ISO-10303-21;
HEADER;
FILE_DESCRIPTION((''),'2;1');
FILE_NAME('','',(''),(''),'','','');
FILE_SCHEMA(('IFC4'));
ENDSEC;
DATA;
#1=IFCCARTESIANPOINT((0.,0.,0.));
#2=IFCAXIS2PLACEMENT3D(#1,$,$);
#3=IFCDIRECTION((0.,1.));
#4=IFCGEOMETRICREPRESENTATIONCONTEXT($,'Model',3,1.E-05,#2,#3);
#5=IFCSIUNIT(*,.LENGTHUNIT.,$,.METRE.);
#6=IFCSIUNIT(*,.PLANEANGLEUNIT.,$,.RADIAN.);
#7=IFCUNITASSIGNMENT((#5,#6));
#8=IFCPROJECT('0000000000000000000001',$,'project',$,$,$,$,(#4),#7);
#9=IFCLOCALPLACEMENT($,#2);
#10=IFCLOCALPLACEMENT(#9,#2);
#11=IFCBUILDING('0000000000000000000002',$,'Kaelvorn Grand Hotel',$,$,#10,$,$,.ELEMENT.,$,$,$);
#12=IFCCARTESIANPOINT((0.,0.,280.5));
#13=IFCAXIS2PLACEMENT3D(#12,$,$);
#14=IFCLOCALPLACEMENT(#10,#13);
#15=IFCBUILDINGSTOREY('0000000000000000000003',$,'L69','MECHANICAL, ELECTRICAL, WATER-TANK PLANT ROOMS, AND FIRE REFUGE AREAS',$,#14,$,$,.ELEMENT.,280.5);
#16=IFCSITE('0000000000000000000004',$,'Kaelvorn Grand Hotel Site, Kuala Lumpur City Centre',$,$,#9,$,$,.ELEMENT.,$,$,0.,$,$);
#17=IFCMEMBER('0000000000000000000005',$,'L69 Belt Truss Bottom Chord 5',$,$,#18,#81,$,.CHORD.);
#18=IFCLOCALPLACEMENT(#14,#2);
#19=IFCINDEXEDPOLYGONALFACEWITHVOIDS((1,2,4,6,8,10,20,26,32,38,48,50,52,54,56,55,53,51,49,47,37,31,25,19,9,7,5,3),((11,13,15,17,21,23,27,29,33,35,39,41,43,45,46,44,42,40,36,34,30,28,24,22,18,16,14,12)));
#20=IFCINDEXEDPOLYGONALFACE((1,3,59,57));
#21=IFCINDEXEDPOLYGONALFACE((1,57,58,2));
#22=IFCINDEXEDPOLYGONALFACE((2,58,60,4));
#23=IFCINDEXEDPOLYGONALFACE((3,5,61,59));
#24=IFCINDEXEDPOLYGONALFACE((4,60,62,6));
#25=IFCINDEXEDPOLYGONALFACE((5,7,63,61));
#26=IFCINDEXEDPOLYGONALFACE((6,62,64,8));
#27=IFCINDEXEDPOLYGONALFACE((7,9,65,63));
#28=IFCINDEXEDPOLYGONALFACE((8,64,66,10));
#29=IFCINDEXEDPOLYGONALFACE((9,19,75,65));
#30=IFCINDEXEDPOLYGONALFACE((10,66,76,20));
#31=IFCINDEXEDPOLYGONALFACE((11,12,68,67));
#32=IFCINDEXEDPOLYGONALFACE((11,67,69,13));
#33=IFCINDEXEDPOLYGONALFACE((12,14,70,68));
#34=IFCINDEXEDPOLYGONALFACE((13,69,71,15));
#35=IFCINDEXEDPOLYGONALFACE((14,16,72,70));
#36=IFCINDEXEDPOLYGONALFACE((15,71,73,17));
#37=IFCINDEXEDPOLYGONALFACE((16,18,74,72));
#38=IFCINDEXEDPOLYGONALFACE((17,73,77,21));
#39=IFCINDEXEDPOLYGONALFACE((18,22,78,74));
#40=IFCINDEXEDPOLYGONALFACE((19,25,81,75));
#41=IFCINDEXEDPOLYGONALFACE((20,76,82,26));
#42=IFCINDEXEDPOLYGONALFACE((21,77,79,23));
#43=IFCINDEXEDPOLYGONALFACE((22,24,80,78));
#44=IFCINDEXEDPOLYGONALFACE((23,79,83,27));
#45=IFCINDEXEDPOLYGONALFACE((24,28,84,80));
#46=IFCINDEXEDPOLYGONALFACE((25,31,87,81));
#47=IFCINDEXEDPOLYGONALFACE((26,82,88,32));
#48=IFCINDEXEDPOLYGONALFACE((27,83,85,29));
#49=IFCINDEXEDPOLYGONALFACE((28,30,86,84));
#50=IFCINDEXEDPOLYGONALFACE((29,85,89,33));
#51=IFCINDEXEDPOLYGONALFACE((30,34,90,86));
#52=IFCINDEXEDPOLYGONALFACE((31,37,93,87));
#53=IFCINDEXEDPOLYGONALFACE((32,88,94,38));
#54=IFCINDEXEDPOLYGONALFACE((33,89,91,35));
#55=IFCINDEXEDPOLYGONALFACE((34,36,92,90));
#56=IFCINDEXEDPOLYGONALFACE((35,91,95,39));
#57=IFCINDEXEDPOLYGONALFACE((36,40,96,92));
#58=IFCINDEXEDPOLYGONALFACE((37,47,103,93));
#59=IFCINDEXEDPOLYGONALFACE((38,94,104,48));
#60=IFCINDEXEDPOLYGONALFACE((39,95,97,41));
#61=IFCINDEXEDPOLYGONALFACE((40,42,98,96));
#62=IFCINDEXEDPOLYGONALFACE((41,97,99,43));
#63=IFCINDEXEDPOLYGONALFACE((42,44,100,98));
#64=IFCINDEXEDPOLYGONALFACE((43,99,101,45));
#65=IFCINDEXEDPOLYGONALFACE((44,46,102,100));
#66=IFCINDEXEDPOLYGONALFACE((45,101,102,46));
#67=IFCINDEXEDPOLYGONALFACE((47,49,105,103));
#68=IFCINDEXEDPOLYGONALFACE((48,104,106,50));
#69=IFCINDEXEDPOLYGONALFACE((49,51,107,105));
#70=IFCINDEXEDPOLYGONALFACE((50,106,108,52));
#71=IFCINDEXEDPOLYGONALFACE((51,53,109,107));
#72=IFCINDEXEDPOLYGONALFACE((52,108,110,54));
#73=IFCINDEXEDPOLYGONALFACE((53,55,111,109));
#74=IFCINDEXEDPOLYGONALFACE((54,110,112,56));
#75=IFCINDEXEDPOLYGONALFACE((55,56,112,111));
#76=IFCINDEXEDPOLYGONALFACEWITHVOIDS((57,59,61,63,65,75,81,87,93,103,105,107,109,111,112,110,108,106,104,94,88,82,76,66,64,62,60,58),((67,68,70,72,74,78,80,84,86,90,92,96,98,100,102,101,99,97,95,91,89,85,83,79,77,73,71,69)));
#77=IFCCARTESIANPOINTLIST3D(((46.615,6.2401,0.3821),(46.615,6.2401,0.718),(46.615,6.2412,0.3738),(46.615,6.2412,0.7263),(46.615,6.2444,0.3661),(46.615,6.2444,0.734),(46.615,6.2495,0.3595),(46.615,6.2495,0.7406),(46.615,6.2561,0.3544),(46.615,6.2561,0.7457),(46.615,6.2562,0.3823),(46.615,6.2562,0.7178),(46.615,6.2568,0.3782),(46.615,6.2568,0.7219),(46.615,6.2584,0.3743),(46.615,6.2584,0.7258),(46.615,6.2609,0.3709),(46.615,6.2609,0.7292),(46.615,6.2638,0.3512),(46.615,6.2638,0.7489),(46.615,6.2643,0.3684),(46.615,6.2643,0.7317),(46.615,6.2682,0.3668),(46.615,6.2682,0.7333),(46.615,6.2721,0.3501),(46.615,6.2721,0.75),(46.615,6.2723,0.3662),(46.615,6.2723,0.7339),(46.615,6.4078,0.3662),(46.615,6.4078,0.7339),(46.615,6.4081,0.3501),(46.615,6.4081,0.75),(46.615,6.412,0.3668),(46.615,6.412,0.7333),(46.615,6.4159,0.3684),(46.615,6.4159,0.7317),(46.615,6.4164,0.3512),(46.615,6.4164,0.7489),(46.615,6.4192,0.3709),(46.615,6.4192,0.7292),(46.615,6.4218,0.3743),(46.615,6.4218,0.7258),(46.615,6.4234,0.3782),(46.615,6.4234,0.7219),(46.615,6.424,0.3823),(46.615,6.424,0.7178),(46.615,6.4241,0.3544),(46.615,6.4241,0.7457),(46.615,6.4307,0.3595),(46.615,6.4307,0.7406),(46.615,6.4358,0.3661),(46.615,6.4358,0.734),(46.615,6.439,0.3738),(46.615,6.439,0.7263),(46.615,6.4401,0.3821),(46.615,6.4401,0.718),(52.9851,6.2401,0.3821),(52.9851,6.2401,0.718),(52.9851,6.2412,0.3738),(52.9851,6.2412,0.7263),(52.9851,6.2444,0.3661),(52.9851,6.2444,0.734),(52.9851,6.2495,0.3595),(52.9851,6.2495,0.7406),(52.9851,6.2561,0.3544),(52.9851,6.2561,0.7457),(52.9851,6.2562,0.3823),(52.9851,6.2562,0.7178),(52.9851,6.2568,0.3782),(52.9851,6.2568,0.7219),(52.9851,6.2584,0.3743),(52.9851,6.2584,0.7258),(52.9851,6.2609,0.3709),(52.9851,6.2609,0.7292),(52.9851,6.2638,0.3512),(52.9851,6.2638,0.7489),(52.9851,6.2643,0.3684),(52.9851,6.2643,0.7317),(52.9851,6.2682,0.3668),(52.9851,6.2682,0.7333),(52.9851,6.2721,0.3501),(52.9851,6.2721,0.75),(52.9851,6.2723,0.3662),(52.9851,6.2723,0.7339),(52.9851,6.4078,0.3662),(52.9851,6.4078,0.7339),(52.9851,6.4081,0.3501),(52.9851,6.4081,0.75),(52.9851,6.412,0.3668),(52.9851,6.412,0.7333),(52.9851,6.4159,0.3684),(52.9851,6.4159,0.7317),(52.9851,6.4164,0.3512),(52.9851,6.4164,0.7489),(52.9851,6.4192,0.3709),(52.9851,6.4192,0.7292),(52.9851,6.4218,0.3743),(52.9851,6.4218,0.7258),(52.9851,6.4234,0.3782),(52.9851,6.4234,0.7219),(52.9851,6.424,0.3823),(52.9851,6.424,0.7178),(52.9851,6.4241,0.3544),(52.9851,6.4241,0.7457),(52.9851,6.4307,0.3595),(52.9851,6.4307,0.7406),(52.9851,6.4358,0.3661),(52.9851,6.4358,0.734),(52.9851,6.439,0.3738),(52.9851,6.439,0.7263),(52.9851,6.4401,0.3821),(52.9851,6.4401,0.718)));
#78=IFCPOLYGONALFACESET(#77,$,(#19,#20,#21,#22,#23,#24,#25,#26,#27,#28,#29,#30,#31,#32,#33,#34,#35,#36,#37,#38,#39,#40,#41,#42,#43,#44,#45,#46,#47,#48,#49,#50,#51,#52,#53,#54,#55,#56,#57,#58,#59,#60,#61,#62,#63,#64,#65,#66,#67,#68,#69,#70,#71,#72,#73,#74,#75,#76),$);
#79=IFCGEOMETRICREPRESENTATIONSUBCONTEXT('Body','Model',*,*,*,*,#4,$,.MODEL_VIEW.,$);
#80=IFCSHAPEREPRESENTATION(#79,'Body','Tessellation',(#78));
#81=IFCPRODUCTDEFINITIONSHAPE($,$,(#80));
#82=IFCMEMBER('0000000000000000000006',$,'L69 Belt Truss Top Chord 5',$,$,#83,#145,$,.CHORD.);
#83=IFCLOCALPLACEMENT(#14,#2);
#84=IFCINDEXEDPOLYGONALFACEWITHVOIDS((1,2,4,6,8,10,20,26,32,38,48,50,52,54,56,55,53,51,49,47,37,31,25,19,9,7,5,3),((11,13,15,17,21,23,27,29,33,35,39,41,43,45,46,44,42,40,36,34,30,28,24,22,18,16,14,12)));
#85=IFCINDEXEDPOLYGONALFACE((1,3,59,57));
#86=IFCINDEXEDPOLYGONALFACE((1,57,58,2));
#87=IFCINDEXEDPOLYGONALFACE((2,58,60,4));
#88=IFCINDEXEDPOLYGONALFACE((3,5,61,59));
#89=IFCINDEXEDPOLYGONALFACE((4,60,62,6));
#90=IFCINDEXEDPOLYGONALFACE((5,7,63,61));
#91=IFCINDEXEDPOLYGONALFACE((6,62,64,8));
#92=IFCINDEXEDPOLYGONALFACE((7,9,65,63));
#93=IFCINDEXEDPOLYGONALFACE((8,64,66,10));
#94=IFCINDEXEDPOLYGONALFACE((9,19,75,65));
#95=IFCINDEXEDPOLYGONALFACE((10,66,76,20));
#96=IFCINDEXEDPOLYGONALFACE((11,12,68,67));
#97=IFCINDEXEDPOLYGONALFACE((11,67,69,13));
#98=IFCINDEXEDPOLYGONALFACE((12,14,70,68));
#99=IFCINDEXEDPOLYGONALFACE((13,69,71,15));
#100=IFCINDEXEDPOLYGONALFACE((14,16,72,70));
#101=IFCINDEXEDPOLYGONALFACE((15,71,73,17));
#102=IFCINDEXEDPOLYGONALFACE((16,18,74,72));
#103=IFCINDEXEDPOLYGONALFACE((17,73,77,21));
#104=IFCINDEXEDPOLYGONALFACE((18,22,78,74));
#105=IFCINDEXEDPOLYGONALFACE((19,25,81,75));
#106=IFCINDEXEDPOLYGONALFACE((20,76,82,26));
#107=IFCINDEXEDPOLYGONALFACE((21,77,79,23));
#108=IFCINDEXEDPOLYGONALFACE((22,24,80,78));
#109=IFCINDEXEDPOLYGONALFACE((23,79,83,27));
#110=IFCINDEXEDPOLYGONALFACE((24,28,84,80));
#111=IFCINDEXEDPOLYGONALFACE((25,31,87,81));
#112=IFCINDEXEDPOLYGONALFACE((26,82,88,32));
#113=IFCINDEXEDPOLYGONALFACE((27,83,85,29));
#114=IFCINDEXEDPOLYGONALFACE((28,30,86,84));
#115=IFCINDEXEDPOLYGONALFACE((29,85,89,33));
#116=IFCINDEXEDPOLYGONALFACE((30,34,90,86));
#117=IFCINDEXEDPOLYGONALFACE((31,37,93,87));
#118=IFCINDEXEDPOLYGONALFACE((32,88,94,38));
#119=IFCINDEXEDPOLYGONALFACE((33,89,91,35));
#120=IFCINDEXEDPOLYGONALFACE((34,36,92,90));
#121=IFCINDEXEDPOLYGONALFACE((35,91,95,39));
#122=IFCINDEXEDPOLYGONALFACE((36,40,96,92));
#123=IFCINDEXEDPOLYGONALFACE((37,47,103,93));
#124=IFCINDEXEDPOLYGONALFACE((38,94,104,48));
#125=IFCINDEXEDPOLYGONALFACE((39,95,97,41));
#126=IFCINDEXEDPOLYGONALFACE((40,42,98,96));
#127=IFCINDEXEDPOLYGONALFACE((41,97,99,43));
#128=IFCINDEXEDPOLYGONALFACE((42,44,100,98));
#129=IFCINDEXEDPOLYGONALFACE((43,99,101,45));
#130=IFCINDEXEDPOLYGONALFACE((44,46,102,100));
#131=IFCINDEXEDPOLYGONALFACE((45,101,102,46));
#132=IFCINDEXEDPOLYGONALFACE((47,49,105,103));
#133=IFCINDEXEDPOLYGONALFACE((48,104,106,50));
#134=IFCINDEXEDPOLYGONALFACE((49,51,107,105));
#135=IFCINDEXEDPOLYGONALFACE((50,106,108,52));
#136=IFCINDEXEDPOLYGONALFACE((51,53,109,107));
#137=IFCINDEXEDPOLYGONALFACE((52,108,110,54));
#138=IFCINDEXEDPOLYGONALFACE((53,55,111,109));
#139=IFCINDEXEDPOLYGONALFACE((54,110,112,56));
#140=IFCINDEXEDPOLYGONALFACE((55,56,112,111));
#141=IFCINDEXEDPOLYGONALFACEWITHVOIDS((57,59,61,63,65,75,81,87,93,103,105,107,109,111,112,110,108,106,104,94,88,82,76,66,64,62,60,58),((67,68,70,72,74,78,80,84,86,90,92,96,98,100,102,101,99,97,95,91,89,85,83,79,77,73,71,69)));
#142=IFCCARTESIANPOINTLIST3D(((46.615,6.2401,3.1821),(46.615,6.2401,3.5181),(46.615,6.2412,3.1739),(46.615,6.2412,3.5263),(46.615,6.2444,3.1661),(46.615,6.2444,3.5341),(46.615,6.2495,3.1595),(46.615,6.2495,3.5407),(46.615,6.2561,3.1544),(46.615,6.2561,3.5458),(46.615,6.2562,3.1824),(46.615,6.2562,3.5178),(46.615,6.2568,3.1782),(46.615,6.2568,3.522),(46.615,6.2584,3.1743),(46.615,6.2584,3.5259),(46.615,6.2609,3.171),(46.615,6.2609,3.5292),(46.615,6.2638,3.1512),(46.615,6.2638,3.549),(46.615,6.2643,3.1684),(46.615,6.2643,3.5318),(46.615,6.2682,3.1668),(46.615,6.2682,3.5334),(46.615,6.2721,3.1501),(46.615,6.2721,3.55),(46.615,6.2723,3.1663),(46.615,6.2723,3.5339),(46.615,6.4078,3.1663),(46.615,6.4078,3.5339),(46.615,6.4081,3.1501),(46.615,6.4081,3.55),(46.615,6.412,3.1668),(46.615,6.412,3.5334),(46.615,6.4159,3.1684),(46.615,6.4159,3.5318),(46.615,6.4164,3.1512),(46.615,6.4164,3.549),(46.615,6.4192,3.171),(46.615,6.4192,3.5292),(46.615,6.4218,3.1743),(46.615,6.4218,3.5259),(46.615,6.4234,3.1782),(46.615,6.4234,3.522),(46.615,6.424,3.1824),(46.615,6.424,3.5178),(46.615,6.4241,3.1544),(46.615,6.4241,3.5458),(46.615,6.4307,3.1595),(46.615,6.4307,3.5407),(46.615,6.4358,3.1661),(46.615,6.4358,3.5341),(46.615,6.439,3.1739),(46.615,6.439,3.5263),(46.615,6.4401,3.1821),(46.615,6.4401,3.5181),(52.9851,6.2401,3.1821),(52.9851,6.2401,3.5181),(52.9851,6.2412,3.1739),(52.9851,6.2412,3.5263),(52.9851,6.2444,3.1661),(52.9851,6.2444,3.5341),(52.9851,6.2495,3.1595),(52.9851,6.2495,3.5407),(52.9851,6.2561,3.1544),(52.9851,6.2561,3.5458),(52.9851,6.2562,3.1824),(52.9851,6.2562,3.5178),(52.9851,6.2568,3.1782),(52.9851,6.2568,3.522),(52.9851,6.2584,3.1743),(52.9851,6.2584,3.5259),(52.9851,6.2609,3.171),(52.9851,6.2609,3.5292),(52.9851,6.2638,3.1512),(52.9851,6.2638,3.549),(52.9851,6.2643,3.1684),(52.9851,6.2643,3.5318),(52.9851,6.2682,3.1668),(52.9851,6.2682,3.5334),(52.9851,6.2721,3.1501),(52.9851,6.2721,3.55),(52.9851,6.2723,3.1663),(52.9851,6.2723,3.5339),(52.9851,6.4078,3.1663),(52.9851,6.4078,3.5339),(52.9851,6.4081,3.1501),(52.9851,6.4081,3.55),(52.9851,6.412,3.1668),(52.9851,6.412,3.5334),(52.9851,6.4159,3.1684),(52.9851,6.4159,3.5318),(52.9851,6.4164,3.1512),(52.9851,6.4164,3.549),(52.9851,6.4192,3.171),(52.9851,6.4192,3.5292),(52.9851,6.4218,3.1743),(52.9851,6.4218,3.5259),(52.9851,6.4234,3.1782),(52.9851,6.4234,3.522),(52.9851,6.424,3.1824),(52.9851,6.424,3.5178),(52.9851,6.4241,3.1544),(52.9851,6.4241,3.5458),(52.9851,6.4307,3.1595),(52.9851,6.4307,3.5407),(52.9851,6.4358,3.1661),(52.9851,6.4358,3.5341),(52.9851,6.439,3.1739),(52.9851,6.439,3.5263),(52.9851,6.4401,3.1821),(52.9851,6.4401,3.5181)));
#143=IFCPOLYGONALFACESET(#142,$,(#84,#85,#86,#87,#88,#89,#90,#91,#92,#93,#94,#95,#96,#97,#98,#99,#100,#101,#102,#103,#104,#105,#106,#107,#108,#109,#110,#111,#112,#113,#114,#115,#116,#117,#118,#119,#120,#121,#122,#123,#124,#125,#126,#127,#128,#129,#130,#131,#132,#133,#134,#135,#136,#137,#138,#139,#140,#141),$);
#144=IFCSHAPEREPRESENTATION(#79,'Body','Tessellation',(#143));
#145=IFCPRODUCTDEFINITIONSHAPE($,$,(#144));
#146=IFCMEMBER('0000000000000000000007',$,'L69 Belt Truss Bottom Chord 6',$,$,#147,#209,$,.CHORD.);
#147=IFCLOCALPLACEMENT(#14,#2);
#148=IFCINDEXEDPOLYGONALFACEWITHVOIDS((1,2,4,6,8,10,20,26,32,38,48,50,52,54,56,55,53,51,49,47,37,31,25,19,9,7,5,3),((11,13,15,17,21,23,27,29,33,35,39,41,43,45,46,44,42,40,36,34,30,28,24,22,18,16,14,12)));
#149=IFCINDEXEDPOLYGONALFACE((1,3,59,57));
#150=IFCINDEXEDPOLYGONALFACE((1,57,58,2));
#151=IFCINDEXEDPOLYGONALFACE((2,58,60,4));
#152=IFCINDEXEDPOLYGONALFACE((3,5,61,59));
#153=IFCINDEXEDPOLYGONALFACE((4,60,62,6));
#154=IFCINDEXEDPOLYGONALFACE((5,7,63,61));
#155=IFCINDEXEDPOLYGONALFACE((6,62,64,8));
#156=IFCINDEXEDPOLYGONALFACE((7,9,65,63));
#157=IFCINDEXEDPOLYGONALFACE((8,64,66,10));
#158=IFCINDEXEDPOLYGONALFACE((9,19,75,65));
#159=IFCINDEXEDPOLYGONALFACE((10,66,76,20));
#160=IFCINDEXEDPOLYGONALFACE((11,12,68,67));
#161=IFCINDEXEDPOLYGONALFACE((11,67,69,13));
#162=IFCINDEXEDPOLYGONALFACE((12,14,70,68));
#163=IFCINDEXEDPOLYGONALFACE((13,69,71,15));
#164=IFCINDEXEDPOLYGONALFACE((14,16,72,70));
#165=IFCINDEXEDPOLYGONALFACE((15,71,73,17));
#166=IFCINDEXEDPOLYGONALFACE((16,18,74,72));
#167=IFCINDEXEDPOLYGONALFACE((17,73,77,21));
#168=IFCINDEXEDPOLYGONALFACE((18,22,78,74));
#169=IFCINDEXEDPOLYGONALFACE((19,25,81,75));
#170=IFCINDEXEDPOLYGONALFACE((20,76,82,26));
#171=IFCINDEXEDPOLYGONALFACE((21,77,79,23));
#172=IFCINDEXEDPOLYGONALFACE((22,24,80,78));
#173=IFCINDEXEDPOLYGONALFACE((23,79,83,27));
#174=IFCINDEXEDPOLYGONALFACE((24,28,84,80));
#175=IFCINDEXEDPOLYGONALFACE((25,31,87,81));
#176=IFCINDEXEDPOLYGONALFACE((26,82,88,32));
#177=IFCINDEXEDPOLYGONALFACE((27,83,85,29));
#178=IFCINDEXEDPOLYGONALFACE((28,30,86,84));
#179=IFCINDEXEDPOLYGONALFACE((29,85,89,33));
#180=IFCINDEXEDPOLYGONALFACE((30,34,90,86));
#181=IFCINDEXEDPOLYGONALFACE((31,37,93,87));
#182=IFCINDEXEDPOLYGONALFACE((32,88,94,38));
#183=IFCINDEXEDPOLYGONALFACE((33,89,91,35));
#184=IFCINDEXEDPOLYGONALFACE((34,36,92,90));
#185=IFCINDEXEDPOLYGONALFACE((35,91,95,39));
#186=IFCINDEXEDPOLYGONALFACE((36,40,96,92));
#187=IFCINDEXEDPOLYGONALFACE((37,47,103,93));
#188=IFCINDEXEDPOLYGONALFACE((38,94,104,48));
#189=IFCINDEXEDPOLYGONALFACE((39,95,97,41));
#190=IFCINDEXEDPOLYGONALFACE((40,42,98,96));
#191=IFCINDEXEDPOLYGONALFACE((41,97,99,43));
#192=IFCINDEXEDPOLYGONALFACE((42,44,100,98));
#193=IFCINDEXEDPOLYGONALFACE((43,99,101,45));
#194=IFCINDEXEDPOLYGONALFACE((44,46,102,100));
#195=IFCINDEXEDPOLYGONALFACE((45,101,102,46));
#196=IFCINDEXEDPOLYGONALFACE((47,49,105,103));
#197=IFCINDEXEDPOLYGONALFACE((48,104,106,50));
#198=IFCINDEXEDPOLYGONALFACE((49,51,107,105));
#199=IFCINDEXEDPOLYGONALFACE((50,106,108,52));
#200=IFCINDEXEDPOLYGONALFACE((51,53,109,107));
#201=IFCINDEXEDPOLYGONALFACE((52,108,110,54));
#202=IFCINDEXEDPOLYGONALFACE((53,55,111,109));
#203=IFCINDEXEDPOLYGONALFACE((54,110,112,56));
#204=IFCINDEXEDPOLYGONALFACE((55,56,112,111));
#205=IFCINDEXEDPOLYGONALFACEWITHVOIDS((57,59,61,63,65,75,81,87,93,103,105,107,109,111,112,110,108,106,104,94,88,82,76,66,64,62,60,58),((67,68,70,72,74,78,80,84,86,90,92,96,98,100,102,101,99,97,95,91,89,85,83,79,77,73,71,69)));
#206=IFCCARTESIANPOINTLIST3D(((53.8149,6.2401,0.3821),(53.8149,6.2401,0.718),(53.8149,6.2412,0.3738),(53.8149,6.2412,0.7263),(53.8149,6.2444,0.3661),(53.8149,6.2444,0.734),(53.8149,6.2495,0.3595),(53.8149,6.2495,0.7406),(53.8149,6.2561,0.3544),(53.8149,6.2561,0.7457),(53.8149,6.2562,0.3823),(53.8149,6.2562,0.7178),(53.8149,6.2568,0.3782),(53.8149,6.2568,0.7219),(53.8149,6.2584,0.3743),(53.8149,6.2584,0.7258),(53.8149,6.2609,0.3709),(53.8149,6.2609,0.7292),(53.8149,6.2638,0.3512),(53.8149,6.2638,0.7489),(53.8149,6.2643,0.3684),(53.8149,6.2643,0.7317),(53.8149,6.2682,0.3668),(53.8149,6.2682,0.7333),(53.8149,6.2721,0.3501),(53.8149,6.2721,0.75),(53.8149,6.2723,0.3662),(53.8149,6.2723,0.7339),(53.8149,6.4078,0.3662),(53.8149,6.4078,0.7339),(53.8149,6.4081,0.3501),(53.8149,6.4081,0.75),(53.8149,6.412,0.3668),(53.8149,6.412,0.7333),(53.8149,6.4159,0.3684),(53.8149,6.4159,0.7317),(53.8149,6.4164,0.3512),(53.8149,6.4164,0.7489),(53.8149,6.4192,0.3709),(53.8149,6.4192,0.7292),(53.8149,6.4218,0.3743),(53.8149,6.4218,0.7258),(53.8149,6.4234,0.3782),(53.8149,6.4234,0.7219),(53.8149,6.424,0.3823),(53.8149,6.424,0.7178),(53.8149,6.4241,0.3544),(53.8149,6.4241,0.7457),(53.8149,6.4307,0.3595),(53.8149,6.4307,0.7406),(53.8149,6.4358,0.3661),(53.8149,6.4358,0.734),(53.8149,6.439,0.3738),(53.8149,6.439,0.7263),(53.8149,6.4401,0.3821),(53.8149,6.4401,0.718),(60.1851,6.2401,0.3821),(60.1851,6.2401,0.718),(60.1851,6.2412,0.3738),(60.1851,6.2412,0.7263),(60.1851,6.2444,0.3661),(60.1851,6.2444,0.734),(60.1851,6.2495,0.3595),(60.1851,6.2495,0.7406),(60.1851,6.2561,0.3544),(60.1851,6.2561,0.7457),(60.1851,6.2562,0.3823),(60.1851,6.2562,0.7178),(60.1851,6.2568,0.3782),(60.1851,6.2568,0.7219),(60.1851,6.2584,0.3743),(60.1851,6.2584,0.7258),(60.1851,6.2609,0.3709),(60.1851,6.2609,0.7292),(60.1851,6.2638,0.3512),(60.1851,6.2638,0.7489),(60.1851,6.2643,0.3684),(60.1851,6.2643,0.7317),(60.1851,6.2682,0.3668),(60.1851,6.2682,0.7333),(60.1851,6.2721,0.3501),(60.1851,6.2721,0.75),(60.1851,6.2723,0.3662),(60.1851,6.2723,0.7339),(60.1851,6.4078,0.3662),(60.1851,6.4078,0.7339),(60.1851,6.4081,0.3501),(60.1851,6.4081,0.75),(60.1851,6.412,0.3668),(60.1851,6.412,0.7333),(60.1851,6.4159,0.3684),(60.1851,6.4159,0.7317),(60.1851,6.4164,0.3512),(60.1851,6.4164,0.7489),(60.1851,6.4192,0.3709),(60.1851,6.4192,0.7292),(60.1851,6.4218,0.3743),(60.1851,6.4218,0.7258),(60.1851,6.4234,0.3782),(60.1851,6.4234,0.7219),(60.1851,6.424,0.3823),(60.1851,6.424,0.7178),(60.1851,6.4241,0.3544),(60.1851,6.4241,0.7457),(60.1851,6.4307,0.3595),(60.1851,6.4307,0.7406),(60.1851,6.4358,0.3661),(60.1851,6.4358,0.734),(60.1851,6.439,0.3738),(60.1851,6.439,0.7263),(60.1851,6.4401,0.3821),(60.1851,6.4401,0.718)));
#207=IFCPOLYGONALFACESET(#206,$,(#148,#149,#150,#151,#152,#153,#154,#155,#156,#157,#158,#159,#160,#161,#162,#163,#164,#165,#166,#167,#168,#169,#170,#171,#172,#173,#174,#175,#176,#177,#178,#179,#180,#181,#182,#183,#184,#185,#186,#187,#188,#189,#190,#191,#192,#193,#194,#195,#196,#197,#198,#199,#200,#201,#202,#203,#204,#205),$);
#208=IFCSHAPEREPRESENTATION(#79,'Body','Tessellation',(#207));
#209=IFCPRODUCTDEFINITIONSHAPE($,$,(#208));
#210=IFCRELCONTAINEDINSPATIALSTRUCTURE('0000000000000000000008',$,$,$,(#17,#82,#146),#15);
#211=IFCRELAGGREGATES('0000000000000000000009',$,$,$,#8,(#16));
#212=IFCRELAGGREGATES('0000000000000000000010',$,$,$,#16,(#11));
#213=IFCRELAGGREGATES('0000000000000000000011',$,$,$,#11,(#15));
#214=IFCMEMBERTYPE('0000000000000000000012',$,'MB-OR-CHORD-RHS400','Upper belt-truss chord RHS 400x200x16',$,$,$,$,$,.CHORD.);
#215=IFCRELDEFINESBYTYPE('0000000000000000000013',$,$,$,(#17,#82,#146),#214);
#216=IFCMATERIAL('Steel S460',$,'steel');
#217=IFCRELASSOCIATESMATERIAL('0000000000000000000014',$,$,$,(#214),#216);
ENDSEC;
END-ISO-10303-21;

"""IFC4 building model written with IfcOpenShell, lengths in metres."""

from ifc_helpers import new_model, si_unit, direction, frame, origin, origin_2d, place, context, subcontext, project, spatial, hollow_rectangle, extrude, material, material_profile, profile_set, type_object, element, save


model = new_model("IFC4")

# Units and contexts
model_context = context("Model", 3, precision=1e-05, world=origin(), true_north=direction((0.0, 1.0)))
body_context = subcontext(model_context, "Body", "Model", "MODEL_VIEW")
ifc_project = project(units=[si_unit("LENGTHUNIT", "METRE"), si_unit("PLANEANGLEUNIT", "RADIAN")], contexts=[model_context])

# Site, building, storey
site_placement = place(None, origin())
site = spatial("IfcSite", under=ifc_project, at=site_placement, Name="Kaelvorn Grand Hotel Site, Kuala Lumpur City Centre", CompositionType="ELEMENT", RefElevation=0.0)
building_placement = place(site_placement, origin())
building = spatial("IfcBuilding", under=site, at=building_placement, Name="Kaelvorn Grand Hotel", CompositionType="ELEMENT")
storey_placement = place(building_placement, frame((0.0, 0.0, 280.5)))
storey = spatial("IfcBuildingStorey", under=building, at=storey_placement, Name="L69", Description="MECHANICAL, ELECTRICAL, WATER-TANK PLANT ROOMS, AND FIRE REFUGE AREAS", CompositionType="ELEMENT", Elevation=280.5)

# Members
ifc_material_1 = material(Name="Steel S460", Category="steel")
ifc_material_profile_1 = material_profile(ifc_material_1, hollow_rectangle(XDim=0.2, YDim=0.3999, WallThickness=0.0161, InnerFilletRadius=0.0161, OuterFilletRadius=0.032, at=origin_2d()), Name="RHS 400x200x16.0")
ifc_profile_set_1 = profile_set([ifc_material_profile_1], Name="Steel S460")
member_type_1 = type_object("IfcMemberType", Name="MB-OR-CHORD-RHS400", Description="Upper belt-truss chord RHS 400x200x16", PredefinedType="CHORD", material=ifc_profile_set_1)
for number, where, z_axis, x_axis, name in (
    (1, (46.615, 6.3401, 0.55), (1.0, 0.0, 0.0), (0.0, 1.0, 0.0), "L69 Belt Truss Bottom Chord 5"),
    (2, (46.615, 6.3401, 3.3501), (1.0, 0.0, 0.0), (0.0, 1.0, 0.0), "L69 Belt Truss Top Chord 5"),
    (3, (53.8149, 6.3401, 0.55), (1.0, 0.0, 0.0), (0.0, 1.0, 0.0), "L69 Belt Truss Bottom Chord 6"),
):
    element("IfcMember", number, at=place(storey_placement, frame(where, z_axis=z_axis, x_axis=x_axis)), inside=storey, type_object=member_type_1, Name=name, PredefinedType="CHORD", context=body_context, shape_type="SweptSolid", body=[
        extrude(hollow_rectangle(XDim=0.2, YDim=0.3999, WallThickness=0.0161, InnerFilletRadius=0.0161, OuterFilletRadius=0.032, at=origin_2d()), origin(), (0.0, 0.0, 1.0), 6.3701),
    ])

save(model, "model.ifc")
